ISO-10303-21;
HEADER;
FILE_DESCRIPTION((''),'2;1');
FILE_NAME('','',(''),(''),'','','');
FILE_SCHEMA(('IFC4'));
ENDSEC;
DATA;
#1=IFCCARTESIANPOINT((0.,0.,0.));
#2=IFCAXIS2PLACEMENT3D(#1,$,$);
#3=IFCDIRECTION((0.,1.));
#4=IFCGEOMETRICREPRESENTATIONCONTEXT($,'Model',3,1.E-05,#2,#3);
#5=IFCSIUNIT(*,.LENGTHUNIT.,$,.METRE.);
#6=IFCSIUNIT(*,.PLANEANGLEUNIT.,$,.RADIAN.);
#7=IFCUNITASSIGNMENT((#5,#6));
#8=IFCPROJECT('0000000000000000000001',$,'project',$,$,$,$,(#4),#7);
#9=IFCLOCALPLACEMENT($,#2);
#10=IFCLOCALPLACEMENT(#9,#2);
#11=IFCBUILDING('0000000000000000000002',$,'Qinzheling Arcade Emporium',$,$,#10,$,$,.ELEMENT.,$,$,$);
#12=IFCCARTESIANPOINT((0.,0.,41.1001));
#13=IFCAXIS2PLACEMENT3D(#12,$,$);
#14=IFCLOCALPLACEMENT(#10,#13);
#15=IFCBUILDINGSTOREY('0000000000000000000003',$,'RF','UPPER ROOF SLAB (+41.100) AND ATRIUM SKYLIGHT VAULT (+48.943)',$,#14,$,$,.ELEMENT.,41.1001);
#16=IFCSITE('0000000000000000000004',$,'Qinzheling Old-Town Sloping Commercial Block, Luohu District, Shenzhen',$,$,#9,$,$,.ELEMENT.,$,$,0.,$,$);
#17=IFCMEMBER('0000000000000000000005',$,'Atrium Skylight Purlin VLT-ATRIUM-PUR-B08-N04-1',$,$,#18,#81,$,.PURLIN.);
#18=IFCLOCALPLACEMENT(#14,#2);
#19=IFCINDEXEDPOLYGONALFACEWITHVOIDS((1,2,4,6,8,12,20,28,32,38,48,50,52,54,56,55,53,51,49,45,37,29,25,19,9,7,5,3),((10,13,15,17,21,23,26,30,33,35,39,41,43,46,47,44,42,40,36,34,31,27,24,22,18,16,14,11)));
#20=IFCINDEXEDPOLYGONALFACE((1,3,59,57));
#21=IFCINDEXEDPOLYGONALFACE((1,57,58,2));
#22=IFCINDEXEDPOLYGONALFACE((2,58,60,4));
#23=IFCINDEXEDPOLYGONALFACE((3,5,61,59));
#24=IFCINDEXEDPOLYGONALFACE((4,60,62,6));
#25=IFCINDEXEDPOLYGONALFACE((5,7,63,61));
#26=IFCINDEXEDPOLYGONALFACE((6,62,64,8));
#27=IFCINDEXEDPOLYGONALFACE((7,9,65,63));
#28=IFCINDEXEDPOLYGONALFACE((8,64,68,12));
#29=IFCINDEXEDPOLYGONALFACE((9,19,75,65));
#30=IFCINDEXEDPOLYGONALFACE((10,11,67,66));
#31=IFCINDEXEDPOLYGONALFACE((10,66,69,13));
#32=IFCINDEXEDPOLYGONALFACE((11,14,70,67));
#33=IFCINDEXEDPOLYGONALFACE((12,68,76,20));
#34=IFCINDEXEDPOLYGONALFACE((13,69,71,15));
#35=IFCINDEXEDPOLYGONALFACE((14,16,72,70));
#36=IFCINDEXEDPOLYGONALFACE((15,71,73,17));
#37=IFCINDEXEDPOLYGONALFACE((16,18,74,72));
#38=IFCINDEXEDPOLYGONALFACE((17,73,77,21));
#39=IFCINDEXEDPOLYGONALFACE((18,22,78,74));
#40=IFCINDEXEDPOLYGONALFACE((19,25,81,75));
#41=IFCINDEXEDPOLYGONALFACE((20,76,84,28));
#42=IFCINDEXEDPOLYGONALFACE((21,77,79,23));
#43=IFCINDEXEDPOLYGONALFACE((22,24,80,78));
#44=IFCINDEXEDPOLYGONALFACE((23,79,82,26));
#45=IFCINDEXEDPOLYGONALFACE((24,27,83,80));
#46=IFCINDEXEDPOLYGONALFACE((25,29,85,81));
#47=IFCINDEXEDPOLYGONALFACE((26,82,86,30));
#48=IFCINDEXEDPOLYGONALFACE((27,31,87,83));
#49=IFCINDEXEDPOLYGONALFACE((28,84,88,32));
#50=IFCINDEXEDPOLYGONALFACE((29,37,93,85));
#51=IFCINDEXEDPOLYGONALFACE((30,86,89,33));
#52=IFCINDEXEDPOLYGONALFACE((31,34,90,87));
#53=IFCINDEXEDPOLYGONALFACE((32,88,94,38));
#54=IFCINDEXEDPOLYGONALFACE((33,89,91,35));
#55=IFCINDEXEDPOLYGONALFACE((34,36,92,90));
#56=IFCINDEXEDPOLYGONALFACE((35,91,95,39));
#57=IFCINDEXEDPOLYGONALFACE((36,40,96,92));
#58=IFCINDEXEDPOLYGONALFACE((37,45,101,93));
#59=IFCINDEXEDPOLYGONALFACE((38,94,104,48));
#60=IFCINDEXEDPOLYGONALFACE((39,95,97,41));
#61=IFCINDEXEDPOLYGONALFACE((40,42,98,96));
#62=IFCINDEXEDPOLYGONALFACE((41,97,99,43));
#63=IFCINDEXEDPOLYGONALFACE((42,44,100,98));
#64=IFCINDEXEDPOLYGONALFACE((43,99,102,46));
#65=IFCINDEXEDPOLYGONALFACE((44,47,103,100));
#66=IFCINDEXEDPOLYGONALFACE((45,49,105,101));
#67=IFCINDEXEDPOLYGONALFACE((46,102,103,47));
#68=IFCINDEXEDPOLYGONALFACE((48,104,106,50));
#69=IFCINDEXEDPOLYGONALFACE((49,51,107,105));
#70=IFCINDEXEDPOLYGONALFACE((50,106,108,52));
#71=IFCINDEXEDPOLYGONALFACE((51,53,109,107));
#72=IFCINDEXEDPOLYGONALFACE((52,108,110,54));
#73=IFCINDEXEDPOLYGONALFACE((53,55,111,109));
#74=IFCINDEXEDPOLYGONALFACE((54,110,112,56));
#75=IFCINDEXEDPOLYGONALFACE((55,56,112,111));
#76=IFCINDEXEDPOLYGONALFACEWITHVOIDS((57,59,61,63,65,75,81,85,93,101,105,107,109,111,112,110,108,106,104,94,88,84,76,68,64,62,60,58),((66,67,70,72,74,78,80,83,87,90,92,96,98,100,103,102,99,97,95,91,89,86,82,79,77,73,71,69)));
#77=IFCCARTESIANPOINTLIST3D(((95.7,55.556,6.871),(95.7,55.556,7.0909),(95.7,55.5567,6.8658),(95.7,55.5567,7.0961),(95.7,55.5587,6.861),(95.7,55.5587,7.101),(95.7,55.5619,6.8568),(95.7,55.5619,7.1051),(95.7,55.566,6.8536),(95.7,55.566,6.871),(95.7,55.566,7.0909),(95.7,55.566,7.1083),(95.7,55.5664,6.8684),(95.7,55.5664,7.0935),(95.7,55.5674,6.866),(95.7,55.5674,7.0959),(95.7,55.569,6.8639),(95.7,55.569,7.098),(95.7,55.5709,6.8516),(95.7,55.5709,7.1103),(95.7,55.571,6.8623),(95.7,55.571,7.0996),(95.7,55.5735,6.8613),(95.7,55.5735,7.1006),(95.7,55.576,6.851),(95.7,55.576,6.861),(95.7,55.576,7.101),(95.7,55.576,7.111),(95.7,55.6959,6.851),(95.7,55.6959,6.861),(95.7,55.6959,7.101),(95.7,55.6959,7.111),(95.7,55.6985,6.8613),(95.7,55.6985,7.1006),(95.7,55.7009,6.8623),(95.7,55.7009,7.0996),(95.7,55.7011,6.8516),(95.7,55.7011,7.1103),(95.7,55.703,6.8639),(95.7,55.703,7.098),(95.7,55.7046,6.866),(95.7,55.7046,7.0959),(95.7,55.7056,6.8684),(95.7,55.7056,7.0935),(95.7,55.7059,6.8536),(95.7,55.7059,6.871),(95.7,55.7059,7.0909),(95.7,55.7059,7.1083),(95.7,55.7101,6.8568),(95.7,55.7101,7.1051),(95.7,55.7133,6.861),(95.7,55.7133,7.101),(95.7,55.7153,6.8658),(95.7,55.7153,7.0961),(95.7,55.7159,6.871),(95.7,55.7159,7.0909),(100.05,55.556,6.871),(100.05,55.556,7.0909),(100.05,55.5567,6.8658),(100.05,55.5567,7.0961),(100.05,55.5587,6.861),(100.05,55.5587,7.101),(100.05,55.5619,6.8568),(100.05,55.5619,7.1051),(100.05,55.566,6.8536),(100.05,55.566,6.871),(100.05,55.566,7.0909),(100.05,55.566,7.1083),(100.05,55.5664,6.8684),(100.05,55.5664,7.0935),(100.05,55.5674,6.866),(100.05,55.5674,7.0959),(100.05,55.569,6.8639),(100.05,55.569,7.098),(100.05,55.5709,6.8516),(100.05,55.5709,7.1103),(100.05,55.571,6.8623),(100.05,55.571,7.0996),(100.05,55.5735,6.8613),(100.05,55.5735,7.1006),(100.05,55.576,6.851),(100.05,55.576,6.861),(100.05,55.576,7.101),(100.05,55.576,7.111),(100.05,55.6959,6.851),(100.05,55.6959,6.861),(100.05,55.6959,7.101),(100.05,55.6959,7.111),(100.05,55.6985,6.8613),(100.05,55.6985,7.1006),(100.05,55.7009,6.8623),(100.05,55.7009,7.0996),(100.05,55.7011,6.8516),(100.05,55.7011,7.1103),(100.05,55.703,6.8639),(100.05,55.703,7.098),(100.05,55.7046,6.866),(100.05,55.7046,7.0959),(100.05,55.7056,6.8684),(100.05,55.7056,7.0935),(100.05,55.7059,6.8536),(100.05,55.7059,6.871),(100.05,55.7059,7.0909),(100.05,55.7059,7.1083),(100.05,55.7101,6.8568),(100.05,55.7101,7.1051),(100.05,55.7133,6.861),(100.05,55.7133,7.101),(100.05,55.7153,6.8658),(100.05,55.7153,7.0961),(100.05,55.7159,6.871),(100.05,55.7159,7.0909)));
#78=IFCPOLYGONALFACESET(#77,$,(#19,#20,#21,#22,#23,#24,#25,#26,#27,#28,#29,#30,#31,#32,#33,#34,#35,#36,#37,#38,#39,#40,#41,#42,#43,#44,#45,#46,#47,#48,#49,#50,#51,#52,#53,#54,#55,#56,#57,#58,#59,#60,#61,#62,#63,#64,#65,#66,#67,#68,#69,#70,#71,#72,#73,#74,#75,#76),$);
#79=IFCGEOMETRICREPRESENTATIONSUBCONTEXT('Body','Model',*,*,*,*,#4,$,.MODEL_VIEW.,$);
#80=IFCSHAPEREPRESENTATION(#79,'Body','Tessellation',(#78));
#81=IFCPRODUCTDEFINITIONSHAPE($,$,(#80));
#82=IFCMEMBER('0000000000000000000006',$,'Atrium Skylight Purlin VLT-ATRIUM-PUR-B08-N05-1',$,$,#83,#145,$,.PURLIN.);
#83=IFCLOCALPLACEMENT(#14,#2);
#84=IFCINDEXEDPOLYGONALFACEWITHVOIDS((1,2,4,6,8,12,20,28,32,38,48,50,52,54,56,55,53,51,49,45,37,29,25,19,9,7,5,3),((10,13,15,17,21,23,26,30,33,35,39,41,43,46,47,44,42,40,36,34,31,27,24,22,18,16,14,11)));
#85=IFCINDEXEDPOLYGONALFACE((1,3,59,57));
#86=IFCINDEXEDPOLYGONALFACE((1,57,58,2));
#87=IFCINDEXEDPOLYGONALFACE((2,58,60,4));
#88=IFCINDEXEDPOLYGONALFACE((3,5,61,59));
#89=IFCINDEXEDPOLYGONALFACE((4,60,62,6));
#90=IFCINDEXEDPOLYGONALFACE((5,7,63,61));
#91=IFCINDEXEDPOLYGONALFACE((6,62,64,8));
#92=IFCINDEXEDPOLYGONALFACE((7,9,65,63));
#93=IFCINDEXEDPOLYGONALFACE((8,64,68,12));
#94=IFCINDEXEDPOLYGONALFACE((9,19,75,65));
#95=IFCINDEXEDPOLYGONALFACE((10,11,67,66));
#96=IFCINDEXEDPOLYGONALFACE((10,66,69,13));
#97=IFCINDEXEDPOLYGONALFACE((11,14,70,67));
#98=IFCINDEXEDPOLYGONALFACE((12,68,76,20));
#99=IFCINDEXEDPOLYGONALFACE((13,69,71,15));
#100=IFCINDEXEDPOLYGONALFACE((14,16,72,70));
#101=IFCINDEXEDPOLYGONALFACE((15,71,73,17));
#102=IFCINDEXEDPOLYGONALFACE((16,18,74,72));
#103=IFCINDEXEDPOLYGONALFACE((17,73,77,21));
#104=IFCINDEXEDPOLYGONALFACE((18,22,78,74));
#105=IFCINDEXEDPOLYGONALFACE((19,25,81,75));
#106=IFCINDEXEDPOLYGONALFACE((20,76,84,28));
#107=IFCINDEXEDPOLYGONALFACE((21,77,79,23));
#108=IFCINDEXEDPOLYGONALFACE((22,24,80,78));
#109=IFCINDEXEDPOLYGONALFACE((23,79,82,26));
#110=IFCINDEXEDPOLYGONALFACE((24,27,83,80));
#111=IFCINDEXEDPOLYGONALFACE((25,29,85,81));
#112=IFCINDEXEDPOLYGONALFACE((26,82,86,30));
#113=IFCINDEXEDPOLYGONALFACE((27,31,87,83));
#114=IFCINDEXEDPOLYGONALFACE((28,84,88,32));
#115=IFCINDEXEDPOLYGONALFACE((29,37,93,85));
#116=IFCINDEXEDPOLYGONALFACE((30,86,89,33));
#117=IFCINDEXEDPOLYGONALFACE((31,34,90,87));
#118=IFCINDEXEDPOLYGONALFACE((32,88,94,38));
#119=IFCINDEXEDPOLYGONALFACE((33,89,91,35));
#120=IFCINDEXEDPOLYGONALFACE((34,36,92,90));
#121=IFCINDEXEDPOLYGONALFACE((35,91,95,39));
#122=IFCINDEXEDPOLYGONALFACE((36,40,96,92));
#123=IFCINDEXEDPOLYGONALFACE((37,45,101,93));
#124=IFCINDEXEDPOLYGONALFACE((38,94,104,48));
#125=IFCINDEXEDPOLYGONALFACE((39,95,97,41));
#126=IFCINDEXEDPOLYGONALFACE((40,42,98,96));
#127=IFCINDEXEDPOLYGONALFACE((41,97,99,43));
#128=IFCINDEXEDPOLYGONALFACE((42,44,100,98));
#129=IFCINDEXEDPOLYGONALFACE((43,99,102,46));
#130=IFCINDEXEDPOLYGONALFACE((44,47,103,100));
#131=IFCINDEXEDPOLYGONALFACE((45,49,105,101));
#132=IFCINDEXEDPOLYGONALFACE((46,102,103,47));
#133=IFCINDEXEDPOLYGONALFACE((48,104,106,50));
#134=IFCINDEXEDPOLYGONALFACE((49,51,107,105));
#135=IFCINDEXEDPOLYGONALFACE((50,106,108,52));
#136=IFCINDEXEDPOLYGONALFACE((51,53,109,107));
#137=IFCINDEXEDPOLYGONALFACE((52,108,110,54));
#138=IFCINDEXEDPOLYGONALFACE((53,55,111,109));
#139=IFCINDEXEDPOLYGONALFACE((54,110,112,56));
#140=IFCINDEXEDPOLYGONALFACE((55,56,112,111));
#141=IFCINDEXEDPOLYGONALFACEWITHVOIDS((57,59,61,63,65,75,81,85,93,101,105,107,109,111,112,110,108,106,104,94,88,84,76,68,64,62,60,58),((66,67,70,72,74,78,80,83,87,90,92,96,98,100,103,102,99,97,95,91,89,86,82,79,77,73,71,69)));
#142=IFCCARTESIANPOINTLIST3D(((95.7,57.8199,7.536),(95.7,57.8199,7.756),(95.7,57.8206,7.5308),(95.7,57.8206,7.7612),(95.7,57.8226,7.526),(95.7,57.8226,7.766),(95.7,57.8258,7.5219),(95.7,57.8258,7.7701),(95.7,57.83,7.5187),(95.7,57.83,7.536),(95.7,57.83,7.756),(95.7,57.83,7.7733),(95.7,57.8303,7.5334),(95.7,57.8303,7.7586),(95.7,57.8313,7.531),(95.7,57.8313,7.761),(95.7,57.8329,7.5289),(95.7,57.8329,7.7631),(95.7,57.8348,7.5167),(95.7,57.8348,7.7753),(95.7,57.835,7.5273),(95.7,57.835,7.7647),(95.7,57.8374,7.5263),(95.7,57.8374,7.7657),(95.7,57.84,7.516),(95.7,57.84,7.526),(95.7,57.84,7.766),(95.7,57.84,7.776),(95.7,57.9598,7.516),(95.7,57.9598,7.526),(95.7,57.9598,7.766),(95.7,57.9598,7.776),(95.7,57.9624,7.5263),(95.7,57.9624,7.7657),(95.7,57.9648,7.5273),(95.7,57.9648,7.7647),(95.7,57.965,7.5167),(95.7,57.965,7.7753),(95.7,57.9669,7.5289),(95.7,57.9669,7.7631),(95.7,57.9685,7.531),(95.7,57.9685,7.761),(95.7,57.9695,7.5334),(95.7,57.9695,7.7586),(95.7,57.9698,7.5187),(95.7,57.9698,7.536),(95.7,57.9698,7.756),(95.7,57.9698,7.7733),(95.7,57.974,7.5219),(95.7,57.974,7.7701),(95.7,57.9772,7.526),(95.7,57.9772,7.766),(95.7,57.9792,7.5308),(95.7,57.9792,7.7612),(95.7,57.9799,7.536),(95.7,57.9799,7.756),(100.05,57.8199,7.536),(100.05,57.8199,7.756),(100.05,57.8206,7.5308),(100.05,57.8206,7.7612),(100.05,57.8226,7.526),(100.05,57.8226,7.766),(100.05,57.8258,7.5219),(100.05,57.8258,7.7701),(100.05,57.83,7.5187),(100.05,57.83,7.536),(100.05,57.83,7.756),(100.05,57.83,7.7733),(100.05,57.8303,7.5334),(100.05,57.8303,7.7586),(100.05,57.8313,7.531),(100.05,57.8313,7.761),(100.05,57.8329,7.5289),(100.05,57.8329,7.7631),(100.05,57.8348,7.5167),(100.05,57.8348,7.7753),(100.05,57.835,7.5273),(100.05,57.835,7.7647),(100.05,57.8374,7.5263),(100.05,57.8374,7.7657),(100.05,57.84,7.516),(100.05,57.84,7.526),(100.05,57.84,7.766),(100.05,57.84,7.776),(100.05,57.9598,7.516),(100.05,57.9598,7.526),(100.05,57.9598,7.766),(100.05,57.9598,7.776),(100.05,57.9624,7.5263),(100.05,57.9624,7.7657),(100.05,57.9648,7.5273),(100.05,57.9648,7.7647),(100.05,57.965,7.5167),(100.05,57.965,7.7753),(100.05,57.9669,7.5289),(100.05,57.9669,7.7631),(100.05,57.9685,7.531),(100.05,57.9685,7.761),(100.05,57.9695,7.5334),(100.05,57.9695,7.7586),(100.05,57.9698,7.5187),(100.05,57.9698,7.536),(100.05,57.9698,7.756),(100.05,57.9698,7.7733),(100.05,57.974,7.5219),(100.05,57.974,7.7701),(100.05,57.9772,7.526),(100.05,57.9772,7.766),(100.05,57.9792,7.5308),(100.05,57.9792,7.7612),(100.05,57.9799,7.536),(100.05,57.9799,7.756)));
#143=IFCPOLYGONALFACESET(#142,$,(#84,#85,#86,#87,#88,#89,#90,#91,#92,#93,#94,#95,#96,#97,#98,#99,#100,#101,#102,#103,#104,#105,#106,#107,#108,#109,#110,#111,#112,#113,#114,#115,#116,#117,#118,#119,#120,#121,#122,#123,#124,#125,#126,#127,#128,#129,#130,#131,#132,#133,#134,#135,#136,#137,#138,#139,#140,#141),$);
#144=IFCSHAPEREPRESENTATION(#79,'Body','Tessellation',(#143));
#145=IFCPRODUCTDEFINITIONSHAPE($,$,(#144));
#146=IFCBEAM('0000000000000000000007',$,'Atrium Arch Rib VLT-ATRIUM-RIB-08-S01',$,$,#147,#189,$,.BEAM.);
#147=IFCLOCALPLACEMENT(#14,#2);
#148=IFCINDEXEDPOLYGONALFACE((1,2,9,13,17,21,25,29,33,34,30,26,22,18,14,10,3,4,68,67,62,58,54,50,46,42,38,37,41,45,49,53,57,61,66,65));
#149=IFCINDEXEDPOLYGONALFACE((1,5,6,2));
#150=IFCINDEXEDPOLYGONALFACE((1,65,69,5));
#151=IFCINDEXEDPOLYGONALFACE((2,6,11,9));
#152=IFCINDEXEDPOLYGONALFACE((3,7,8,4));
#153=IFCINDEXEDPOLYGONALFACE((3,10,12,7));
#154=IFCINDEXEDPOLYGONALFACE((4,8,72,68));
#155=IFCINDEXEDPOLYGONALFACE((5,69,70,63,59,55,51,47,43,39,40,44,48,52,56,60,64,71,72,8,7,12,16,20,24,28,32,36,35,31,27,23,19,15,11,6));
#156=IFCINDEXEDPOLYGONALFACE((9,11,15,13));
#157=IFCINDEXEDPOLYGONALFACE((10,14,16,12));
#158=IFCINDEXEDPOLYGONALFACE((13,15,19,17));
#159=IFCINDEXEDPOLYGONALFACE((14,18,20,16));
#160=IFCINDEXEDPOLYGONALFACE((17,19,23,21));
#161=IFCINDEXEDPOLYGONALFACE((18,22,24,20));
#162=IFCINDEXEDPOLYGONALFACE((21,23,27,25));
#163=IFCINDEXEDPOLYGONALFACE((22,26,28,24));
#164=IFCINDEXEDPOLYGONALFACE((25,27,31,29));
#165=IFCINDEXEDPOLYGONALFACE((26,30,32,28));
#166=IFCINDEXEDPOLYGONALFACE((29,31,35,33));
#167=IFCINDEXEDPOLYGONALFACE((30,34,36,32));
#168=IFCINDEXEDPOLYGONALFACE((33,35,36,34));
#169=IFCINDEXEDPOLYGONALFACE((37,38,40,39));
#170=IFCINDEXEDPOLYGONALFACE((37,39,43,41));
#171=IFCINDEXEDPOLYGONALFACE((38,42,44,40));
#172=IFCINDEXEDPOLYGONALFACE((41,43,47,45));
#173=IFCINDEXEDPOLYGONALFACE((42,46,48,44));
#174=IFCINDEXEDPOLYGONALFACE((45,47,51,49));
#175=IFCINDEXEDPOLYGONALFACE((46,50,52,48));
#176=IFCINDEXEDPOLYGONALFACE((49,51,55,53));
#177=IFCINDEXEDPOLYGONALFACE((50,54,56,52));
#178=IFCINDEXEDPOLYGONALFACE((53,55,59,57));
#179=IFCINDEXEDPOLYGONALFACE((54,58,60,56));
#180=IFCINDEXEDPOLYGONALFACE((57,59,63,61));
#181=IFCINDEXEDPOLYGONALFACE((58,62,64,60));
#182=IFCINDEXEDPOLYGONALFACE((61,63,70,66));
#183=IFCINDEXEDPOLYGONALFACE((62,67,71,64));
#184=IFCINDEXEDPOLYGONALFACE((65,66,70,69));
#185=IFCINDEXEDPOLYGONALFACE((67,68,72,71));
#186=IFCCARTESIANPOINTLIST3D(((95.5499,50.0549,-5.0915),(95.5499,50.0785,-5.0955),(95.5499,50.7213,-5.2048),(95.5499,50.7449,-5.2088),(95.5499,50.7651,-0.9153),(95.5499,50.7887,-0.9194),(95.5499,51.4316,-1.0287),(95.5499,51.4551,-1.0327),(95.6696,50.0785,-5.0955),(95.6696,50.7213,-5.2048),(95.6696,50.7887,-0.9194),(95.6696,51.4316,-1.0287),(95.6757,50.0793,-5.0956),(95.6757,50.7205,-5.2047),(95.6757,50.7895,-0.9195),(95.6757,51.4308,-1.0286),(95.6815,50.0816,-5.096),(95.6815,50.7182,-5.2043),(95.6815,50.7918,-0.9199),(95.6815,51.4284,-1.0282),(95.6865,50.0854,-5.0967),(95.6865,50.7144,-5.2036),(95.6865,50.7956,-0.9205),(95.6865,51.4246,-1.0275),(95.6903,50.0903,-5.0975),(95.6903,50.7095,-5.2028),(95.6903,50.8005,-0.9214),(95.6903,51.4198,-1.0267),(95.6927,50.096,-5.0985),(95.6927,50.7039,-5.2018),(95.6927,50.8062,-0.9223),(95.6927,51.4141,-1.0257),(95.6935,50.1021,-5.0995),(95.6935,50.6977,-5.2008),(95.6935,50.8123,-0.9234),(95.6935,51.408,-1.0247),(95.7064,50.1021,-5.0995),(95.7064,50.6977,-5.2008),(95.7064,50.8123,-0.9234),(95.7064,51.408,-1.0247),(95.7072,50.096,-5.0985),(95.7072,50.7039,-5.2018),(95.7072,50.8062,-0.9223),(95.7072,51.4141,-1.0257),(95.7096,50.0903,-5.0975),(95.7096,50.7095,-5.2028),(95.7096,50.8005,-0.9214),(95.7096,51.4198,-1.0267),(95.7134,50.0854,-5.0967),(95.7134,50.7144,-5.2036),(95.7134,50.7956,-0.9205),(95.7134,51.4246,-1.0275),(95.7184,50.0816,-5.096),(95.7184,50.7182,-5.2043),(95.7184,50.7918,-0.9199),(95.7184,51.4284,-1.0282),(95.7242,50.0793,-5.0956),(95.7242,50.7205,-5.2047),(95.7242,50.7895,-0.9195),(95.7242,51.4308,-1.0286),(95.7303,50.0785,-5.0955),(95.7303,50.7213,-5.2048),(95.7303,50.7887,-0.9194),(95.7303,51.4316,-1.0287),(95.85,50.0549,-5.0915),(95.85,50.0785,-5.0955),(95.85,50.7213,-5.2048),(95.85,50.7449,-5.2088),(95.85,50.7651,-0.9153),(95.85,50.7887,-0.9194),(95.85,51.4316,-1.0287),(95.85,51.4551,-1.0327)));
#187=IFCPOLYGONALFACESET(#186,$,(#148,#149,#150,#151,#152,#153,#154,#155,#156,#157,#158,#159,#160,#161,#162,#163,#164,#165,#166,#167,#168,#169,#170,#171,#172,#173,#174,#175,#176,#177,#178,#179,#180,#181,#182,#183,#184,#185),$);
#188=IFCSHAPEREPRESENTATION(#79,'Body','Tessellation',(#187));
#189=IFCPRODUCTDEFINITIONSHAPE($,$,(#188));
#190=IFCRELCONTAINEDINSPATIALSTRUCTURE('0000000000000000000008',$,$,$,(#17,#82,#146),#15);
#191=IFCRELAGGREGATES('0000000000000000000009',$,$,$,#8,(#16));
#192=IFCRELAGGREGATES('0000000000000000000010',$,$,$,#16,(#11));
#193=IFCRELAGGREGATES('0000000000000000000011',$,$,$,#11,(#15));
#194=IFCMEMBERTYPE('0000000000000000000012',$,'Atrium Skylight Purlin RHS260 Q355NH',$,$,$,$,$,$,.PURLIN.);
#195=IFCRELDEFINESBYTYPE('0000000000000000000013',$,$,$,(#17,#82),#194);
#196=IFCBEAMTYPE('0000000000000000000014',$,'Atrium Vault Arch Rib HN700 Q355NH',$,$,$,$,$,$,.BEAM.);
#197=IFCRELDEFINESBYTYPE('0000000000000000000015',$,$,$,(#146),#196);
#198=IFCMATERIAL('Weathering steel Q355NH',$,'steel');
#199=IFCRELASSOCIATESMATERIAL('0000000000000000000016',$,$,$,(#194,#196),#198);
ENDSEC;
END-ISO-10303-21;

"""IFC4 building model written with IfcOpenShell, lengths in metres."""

from ifc_helpers import new_model, si_unit, direction, frame, origin, origin_2d, place, context, subcontext, project, spatial, hollow_rectangle, i_section, extrude, material, material_profile, profile_set, type_object, element, save


model = new_model("IFC4")

# Units and contexts
model_context = context("Model", 3, precision=1e-05, world=origin(), true_north=direction((0.0, 1.0)))
body_context = subcontext(model_context, "Body", "Model", "MODEL_VIEW")
ifc_project = project(units=[si_unit("LENGTHUNIT", "METRE"), si_unit("PLANEANGLEUNIT", "RADIAN")], contexts=[model_context])

# Site, building, storey
site_placement = place(None, origin())
site = spatial("IfcSite", under=ifc_project, at=site_placement, Name="Qinzheling Old-Town Sloping Commercial Block, Luohu District, Shenzhen", CompositionType="ELEMENT", RefElevation=0.0)
building_placement = place(site_placement, origin())
building = spatial("IfcBuilding", under=site, at=building_placement, Name="Qinzheling Arcade Emporium", CompositionType="ELEMENT")
storey_placement = place(building_placement, frame((0.0, 0.0, 41.1001)))
storey = spatial("IfcBuildingStorey", under=building, at=storey_placement, Name="RF", Description="UPPER ROOF SLAB (+41.100) AND ATRIUM SKYLIGHT VAULT (+48.943)", CompositionType="ELEMENT", Elevation=41.1001)

# Shared definitions
ifc_material_1 = material(Name="Weathering steel Q355NH", Category="steel")

# Members
ifc_material_profile_1 = material_profile(ifc_material_1, hollow_rectangle(XDim=0.1599, YDim=0.26, WallThickness=0.01, InnerFilletRadius=0.01, OuterFilletRadius=0.02, at=origin_2d()), Name="RHS 260x160x10", Category="steel")
ifc_profile_set_1 = profile_set([ifc_material_profile_1], Name="Weathering steel Q355NH")
member_type = type_object("IfcMemberType", Name="Atrium Skylight Purlin RHS260 Q355NH", PredefinedType="PURLIN", material=ifc_profile_set_1)
for number, where, z_axis, x_axis, name in (
    (1, (95.7, 55.636, 6.981), (1.0, 0.0, 0.0), (0.0, 1.0, 0.0), "Atrium Skylight Purlin VLT-ATRIUM-PUR-B08-N04-1"),
    (2, (95.7, 57.8999, 7.646), (1.0, 0.0, 0.0), (0.0, 1.0, 0.0), "Atrium Skylight Purlin VLT-ATRIUM-PUR-B08-N05-1"),
):
    element("IfcMember", number, at=place(storey_placement, frame(where, z_axis=z_axis, x_axis=x_axis)), inside=storey, type_object=member_type, Name=name, PredefinedType="PURLIN", context=body_context, shape_type="SweptSolid", body=[
        extrude(hollow_rectangle(XDim=0.1599, YDim=0.26, WallThickness=0.01, InnerFilletRadius=0.01, OuterFilletRadius=0.02, at=origin_2d()), origin(), (0.0, 0.0, 1.0), 4.3501),
    ])

# Beam
ifc_material_profile_2 = material_profile(ifc_material_1, i_section(OverallWidth=0.3, OverallDepth=0.7, WebThickness=0.0129, FlangeThickness=0.0239, FilletRadius=0.0239, at=origin_2d()), Name="HN 700x300x13x24", Category="steel")
ifc_profile_set_2 = profile_set([ifc_material_profile_2], Name="Weathering steel Q355NH")
beam_type_1 = type_object("IfcBeamType", Name="Atrium Vault Arch Rib HN700 Q355NH", PredefinedType="BEAM", material=ifc_profile_set_2)
beam_1_placement = place(storey_placement, frame((95.7, 50.3999, -5.1501), z_axis=(0.0, 0.16766, 0.985845), x_axis=(-1.0, 0.0, 0.0)))
element("IfcBeam", 3, at=beam_1_placement, inside=storey, type_object=beam_type_1, Name="Atrium Arch Rib VLT-ATRIUM-RIB-08-S01", PredefinedType="BEAM", context=body_context, shape_type="SweptSolid", body=[
    extrude(i_section(OverallWidth=0.3, OverallDepth=0.7, WebThickness=0.0129, FlangeThickness=0.0239, FilletRadius=0.0239, at=origin_2d()), origin(), (0.0, 0.0, 1.0), 4.2361),
])

save(model, "model.ifc")
